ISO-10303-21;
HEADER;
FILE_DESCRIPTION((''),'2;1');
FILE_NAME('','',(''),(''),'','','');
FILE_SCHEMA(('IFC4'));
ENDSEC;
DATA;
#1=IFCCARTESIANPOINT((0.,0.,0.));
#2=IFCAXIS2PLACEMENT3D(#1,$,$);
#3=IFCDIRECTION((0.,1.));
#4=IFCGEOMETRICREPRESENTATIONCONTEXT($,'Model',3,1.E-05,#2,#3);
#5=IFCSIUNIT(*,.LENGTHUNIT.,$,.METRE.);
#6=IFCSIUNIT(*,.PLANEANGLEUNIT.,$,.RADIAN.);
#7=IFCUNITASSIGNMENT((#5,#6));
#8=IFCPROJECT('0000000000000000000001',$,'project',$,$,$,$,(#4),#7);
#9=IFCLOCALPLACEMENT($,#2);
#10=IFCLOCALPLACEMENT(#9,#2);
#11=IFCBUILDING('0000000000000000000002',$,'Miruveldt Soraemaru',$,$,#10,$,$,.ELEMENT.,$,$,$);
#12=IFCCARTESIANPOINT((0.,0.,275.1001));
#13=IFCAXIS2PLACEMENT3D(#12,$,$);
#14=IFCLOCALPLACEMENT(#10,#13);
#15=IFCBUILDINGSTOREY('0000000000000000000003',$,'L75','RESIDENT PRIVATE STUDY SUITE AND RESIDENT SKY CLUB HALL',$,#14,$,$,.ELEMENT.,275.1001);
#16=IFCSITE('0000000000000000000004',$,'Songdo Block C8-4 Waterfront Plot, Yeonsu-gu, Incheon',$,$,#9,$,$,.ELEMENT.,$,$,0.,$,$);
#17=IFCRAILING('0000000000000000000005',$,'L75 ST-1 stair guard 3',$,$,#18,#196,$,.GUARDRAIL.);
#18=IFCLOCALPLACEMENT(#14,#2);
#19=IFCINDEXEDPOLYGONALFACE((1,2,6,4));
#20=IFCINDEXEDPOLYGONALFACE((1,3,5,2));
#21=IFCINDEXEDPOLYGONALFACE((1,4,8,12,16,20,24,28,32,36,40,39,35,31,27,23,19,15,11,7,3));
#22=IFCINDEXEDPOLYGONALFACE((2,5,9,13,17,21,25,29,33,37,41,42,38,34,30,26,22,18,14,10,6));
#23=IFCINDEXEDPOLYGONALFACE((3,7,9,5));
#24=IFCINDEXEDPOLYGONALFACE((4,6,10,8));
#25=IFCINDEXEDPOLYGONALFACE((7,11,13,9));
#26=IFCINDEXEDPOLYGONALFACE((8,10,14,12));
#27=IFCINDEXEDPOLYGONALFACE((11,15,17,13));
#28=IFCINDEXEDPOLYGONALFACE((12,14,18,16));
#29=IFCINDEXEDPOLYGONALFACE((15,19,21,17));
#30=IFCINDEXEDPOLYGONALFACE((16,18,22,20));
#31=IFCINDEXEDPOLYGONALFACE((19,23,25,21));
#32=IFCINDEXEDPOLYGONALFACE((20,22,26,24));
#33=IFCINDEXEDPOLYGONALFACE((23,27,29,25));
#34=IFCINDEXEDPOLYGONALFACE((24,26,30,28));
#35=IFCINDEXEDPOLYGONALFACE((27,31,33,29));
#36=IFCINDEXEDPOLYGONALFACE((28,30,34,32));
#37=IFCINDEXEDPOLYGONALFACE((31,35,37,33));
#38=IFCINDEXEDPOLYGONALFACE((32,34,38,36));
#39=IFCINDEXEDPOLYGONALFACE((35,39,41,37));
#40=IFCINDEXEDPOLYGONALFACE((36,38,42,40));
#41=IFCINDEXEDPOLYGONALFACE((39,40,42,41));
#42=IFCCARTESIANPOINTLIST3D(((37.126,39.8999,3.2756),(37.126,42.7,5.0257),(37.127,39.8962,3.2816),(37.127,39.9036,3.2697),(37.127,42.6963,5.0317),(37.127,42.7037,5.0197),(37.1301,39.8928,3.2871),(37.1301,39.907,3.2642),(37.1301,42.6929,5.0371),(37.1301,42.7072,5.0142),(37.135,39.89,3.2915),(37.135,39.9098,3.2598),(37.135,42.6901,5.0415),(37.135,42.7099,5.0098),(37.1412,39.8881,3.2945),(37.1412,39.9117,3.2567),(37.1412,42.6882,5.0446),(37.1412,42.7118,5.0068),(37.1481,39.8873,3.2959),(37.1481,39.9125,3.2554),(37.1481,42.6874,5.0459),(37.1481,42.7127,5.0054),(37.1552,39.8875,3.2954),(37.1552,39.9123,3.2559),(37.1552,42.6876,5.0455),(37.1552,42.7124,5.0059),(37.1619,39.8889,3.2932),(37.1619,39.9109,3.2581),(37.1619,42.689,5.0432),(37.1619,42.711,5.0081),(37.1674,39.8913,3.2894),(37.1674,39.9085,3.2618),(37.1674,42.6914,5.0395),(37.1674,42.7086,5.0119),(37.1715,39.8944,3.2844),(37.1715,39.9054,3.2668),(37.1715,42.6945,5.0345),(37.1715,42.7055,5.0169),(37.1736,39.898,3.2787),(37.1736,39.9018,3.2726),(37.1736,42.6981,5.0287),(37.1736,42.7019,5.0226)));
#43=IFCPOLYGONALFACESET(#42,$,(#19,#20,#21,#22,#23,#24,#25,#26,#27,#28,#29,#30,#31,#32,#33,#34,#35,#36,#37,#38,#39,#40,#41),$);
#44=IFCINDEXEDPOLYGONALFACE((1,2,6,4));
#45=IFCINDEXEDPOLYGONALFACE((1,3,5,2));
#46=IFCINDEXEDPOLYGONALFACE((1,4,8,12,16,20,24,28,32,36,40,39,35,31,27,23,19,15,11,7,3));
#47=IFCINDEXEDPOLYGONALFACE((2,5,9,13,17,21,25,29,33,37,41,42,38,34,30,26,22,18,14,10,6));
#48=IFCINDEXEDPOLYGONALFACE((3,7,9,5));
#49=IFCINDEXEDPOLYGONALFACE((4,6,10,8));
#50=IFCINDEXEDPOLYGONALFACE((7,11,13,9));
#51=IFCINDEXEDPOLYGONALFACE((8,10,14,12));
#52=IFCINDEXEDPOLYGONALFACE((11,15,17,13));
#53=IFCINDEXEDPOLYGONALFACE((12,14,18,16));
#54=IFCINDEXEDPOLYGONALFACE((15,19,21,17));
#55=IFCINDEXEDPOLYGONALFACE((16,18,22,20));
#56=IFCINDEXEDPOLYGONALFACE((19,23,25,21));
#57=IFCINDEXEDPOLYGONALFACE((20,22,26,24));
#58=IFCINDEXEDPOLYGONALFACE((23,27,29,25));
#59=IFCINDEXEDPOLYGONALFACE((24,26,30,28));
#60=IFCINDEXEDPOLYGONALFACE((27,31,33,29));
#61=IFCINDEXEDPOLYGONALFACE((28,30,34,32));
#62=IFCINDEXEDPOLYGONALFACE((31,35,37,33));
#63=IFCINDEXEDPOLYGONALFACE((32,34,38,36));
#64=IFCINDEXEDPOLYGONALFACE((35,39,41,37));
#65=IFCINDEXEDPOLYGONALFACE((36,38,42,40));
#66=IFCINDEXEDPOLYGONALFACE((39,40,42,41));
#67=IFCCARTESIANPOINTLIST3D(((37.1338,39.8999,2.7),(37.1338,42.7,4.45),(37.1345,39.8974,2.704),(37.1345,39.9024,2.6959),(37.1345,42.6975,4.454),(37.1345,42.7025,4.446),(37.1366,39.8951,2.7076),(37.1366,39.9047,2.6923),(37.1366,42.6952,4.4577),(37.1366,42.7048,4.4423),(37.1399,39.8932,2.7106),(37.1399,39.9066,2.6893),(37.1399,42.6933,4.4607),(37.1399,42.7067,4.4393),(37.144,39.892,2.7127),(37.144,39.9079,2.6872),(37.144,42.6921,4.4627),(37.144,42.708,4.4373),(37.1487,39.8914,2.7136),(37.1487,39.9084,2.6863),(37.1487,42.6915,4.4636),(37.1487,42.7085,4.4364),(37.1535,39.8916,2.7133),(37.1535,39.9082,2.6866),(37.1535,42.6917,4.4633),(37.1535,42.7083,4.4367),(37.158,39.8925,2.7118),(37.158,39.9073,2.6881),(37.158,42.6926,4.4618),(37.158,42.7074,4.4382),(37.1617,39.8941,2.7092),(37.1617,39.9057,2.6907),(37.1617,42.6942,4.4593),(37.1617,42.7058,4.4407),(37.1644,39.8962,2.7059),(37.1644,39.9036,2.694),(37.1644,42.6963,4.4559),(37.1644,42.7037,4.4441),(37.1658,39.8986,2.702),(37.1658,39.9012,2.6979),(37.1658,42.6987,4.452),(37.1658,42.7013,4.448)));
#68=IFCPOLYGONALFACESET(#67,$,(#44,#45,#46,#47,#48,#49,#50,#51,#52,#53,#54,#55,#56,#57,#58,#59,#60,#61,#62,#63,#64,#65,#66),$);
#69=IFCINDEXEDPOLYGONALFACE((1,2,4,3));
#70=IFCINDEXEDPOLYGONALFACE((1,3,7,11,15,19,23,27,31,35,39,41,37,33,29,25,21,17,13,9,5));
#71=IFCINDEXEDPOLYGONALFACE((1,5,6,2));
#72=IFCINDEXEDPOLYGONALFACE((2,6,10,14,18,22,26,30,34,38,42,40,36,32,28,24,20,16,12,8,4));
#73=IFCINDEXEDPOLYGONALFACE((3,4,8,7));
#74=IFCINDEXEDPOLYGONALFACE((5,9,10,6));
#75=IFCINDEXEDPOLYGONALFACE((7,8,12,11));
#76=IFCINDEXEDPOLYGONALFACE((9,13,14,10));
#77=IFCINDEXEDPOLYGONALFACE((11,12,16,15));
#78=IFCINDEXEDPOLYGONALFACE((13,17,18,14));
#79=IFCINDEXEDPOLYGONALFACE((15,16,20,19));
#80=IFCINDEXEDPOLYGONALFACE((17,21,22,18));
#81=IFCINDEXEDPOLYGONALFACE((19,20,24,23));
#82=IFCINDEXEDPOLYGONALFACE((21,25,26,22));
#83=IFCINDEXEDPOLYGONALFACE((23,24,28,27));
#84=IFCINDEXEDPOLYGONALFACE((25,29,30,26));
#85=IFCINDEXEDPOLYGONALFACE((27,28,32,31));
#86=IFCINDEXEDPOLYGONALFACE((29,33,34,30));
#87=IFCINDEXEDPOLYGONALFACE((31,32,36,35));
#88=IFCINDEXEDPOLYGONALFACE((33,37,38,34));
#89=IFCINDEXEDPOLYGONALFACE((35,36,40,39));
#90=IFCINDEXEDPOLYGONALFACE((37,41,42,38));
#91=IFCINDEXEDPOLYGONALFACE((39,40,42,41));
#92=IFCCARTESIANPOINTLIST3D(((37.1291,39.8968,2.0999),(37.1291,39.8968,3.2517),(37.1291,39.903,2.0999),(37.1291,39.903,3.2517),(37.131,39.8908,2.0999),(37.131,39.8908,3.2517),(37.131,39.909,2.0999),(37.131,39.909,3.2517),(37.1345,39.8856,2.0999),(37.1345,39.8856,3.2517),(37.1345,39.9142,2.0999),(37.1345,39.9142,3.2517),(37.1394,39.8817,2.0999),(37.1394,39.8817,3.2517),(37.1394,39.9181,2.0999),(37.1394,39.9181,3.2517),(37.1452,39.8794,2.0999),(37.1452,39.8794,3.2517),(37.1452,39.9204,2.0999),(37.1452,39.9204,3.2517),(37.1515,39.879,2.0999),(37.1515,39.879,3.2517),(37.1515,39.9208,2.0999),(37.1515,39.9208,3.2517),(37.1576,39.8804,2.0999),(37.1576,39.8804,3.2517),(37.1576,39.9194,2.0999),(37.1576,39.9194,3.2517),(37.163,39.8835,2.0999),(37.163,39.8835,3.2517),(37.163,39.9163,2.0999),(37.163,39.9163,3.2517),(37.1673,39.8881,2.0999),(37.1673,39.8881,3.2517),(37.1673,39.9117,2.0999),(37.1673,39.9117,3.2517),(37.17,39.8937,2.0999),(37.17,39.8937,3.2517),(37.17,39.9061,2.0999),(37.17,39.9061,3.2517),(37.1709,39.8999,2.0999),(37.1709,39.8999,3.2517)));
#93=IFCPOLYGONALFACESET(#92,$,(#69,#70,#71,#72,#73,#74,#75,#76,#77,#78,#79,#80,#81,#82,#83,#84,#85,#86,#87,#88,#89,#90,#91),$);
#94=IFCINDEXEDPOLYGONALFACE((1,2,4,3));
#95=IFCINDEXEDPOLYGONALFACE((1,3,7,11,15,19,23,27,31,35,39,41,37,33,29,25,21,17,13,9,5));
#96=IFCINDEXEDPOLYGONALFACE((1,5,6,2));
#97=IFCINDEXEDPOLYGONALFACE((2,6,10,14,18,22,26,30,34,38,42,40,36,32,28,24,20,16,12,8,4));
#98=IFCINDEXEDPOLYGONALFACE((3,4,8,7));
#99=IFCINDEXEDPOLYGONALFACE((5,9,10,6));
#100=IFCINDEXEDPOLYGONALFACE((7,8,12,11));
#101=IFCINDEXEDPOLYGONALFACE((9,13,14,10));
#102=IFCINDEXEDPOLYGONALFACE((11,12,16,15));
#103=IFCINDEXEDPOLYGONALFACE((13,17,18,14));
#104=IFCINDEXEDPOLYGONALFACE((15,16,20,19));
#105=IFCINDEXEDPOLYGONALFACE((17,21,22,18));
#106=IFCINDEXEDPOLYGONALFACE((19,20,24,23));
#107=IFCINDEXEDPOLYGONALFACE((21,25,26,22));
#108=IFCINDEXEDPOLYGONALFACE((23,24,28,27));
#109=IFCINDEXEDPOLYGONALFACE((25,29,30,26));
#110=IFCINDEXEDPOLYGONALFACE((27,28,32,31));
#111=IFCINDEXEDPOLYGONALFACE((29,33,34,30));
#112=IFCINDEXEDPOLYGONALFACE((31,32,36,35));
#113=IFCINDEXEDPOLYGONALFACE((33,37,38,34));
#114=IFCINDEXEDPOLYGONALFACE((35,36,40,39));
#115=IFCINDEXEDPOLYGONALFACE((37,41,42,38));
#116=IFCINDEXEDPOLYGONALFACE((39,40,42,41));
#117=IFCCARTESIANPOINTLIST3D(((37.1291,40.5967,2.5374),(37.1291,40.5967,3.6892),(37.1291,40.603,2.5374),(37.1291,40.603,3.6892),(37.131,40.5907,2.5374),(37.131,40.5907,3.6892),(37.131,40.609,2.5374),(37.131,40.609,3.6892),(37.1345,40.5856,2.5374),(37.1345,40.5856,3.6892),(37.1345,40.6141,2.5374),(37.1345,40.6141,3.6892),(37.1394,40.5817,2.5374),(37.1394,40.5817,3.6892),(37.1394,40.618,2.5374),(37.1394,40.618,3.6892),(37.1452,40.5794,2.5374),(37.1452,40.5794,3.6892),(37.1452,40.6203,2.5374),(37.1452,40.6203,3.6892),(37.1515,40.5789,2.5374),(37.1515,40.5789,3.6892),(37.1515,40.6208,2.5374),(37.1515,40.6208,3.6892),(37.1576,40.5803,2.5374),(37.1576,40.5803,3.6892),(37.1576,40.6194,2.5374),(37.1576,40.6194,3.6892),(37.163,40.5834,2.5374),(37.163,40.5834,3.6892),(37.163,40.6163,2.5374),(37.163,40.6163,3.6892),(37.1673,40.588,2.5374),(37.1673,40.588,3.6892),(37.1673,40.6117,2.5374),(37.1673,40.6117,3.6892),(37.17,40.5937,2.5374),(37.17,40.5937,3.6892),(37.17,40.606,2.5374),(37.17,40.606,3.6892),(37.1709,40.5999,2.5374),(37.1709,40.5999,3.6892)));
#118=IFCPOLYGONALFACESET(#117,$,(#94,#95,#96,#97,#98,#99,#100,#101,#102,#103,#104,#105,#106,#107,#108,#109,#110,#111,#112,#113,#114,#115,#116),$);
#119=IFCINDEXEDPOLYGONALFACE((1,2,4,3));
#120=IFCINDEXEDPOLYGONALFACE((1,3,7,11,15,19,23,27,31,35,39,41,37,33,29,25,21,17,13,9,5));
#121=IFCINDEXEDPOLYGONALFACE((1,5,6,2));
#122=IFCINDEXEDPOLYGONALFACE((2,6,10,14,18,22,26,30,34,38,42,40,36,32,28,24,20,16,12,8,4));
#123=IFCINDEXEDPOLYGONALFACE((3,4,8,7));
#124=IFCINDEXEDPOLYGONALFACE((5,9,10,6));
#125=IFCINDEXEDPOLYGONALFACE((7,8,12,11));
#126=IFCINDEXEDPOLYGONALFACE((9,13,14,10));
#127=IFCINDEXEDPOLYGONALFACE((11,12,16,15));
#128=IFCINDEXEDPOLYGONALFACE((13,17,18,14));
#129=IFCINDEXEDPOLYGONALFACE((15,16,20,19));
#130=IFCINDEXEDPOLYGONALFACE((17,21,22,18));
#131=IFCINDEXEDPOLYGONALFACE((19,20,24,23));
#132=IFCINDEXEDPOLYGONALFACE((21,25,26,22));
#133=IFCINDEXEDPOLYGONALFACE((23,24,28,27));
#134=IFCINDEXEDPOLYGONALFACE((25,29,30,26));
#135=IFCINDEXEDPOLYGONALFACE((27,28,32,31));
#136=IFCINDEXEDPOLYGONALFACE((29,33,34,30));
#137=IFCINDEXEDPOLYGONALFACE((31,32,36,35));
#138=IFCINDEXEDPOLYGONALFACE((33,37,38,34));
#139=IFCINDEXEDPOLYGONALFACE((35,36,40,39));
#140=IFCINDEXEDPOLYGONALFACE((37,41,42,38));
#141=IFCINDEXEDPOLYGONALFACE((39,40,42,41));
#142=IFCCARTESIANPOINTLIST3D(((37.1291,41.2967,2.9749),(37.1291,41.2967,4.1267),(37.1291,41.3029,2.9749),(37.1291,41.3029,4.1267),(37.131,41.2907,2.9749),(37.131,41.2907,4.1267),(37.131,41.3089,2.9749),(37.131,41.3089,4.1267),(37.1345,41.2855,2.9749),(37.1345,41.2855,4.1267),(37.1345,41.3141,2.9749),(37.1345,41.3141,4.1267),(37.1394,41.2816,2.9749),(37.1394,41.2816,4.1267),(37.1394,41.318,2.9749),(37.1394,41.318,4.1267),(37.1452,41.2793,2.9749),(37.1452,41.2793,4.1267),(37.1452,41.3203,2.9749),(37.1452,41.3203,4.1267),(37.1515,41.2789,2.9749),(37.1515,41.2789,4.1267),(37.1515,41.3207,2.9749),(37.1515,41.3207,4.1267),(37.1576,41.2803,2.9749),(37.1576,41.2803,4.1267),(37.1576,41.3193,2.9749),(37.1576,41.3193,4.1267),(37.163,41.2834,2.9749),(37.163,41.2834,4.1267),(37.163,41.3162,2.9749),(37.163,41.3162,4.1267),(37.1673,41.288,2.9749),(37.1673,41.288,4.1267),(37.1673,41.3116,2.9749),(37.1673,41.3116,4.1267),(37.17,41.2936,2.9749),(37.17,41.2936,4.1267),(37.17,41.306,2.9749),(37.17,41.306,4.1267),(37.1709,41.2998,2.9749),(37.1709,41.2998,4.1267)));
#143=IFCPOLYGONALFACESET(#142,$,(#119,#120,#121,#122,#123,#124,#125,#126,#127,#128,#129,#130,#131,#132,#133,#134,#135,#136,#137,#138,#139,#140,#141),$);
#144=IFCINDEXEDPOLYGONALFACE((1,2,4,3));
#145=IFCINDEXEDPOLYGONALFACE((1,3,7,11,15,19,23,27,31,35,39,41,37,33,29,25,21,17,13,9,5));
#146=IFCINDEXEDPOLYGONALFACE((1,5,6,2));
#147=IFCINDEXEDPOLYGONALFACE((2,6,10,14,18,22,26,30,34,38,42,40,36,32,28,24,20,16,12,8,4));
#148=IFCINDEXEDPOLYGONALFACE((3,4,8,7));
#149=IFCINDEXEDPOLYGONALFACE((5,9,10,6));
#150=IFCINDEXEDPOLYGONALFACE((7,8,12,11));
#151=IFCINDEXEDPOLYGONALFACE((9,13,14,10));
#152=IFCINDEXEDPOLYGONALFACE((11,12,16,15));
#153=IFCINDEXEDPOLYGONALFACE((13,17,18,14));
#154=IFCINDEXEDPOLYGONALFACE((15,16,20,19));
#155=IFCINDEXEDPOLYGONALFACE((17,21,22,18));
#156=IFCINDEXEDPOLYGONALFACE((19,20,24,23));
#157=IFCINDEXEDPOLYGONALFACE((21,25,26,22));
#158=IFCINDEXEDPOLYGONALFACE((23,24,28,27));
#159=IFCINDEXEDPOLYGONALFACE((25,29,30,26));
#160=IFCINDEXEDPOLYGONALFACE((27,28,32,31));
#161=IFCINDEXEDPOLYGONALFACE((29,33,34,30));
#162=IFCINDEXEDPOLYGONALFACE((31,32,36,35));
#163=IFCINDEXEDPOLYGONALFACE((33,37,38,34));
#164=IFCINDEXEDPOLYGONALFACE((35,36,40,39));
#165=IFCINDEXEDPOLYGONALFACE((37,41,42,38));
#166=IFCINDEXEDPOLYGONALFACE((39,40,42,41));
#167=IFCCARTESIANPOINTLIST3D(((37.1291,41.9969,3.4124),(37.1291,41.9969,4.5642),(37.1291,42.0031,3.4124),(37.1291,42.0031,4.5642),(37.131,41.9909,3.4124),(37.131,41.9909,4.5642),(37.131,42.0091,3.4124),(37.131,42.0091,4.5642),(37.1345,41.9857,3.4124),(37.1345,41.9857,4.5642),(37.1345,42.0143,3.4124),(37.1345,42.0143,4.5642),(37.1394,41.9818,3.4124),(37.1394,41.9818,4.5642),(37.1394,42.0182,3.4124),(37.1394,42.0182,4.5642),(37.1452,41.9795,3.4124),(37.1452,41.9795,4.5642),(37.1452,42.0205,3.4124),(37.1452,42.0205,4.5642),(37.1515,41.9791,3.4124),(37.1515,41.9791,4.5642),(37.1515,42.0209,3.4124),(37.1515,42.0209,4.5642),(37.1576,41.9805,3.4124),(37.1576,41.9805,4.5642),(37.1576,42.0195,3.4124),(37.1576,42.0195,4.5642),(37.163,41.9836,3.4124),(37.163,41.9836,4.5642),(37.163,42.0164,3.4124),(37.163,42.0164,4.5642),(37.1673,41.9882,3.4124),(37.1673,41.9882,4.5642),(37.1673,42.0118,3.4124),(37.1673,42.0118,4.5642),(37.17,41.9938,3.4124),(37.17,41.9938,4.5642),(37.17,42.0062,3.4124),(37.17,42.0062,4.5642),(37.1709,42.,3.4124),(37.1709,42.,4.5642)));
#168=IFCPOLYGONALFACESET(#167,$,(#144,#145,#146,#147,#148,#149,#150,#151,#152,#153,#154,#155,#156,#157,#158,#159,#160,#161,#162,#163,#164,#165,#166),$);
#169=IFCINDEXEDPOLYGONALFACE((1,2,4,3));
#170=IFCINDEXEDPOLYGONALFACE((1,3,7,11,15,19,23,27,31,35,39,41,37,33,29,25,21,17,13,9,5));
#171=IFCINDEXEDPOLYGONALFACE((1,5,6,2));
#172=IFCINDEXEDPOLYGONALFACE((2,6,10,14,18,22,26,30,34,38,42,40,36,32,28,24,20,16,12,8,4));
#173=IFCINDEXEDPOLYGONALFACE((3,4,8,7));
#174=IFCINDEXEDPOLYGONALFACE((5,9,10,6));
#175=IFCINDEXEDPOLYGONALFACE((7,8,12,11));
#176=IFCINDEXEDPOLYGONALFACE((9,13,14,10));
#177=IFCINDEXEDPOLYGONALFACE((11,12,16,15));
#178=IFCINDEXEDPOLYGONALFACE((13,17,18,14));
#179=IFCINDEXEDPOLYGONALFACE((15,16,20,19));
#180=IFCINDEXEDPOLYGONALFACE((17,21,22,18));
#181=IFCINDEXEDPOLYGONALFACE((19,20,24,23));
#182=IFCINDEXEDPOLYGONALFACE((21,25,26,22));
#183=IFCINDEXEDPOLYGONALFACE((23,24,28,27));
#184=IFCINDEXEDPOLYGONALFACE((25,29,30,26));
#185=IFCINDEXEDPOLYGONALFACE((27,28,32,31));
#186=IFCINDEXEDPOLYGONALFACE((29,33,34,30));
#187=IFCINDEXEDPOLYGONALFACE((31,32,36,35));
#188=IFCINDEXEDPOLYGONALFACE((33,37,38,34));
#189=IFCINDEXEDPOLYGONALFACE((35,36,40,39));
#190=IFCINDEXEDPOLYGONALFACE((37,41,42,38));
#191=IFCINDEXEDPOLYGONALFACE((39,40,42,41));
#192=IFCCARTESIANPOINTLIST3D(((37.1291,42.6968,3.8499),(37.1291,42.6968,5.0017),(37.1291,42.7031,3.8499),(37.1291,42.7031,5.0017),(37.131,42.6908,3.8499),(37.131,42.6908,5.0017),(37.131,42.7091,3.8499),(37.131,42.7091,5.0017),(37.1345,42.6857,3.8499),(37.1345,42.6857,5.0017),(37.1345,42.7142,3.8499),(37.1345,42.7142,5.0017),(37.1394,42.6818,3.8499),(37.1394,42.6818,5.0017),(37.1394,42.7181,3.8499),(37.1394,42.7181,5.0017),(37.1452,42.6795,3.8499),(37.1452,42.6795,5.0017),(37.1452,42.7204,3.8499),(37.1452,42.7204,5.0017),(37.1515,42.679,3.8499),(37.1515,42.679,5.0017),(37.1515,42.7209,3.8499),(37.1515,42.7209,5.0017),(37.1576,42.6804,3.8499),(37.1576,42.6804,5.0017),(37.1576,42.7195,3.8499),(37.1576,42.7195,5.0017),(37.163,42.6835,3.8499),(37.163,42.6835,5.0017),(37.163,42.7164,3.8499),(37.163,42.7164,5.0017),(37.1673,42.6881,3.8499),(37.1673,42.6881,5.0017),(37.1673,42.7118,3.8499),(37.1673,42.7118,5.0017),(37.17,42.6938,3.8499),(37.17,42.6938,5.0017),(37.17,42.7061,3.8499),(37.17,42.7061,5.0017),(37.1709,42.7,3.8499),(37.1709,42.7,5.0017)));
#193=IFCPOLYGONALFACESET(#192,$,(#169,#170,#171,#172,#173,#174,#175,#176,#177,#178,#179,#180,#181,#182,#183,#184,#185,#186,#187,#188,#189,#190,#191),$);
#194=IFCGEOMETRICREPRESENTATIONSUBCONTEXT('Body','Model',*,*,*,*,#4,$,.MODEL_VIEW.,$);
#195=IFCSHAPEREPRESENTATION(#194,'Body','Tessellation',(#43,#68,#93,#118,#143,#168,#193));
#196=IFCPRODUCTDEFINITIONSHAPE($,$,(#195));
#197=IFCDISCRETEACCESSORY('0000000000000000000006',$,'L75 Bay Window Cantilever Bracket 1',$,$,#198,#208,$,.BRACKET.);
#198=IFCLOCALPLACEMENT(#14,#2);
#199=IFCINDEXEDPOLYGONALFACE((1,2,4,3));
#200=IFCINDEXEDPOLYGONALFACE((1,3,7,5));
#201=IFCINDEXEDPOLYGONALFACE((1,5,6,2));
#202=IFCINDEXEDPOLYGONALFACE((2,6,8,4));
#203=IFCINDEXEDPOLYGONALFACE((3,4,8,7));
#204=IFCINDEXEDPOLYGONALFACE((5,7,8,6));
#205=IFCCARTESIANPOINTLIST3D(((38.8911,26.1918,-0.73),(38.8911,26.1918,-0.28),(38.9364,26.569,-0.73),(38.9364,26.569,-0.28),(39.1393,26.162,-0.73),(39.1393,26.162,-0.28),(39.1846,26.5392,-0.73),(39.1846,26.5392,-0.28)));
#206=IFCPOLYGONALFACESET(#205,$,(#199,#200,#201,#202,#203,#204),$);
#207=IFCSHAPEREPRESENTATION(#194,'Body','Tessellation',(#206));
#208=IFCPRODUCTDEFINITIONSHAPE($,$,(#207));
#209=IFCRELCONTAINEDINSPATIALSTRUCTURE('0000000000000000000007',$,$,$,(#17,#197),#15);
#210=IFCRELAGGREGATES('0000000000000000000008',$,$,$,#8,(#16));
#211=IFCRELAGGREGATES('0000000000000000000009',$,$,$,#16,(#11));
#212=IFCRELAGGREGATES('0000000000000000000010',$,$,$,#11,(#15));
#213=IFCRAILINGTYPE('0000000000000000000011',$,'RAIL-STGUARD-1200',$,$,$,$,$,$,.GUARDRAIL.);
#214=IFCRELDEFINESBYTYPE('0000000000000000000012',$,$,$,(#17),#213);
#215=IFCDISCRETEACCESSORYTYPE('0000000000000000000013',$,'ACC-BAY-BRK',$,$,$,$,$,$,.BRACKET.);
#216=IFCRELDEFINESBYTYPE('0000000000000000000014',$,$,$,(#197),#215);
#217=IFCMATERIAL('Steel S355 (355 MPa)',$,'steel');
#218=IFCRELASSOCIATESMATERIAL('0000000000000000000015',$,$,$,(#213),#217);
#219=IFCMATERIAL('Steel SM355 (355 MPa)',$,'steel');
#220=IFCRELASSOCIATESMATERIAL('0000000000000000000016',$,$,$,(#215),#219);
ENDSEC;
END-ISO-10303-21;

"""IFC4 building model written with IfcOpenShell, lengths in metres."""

from ifc_helpers import new_model, si_unit, direction, frame, origin, origin_2d, place, context, subcontext, project, spatial, rectangle, circle, extrude, material, type_object, element, save


model = new_model("IFC4")

# Units and contexts
model_context = context("Model", 3, precision=1e-05, world=origin(), true_north=direction((0.0, 1.0)))
body_context = subcontext(model_context, "Body", "Model", "MODEL_VIEW")
ifc_project = project(units=[si_unit("LENGTHUNIT", "METRE"), si_unit("PLANEANGLEUNIT", "RADIAN")], contexts=[model_context])

# Site, building, storey
site_placement = place(None, origin())
site = spatial("IfcSite", under=ifc_project, at=site_placement, Name="Songdo Block C8-4 Waterfront Plot, Yeonsu-gu, Incheon", CompositionType="ELEMENT", RefElevation=0.0)
building_placement = place(site_placement, origin())
building = spatial("IfcBuilding", under=site, at=building_placement, Name="Miruveldt Soraemaru", CompositionType="ELEMENT")
storey_placement = place(building_placement, frame((0.0, 0.0, 275.1001)))
storey = spatial("IfcBuildingStorey", under=building, at=storey_placement, Name="L75", Description="RESIDENT PRIVATE STUDY SUITE AND RESIDENT SKY CLUB HALL", CompositionType="ELEMENT", Elevation=275.1001)

# Shared definitions
ifc_material_1 = material(Name="Steel SM355 (355 MPa)", Category="steel")

# Railing
ifc_material_2 = material(Name="Steel S355 (355 MPa)", Category="steel")
railing_type_1 = type_object("IfcRailingType", Name="RAIL-STGUARD-1200", PredefinedType="GUARDRAIL", material=ifc_material_2)
railing_1_placement = place(storey_placement, frame((37.1499, 39.8999, 2.0999)))
element("IfcRailing", 1, at=railing_1_placement, inside=storey, type_object=railing_type_1, Name="L75 ST-1 stair guard 3", PredefinedType="GUARDRAIL", context=body_context, shape_type="SweptSolid", body=[
    extrude(circle(Radius=0.0239, at=origin_2d()), frame((0.0, 0.0, 1.1758), z_axis=(0.0, 0.848002, 0.529992), x_axis=(-1.0, 0.0, 0.0)), (0.0, 0.0, 1.0), 3.302),
    extrude(circle(Radius=0.0161, at=origin_2d()), frame((0.0, 0.0, 0.6001), z_axis=(0.0, 0.848002, 0.529992), x_axis=(-1.0, 0.0, 0.0)), (0.0, 0.0, 1.0), 3.302),
    extrude(circle(Radius=0.021, at=origin_2d()), origin(), (0.0, 0.0, 1.0), 1.1519),
    extrude(circle(Radius=0.021, at=origin_2d()), frame((0.0, 0.7, 0.4375)), (0.0, 0.0, 1.0), 1.1519),
    extrude(circle(Radius=0.021, at=origin_2d()), frame((0.0, 1.3999, 0.875)), (0.0, 0.0, 1.0), 1.1519),
    extrude(circle(Radius=0.021, at=origin_2d()), frame((0.0, 2.1001, 1.3125)), (0.0, 0.0, 1.0), 1.1519),
    extrude(circle(Radius=0.021, at=origin_2d()), frame((0.0, 2.8, 1.75)), (0.0, 0.0, 1.0), 1.1519),
])

# Discrete accessory
discrete_accessory_type = type_object("IfcDiscreteAccessoryType", Name="ACC-BAY-BRK", PredefinedType="BRACKET", material=ifc_material_1)
discrete_accessory_placement = place(storey_placement, frame((39.0378, 26.3655, -0.73), z_axis=(0.0, 0.0, 1.0), x_axis=(-0.119132, -0.992878, 0.0)))
element("IfcDiscreteAccessory", 2, at=discrete_accessory_placement, inside=storey, type_object=discrete_accessory_type, Name="L75 Bay Window Cantilever Bracket 1", PredefinedType="BRACKET", context=body_context, shape_type="SweptSolid", body=[
    extrude(rectangle(XDim=0.3799, YDim=0.25, at=origin_2d()), origin(), (0.0, 0.0, 1.0), 0.45),
])

save(model, "model.ifc")
